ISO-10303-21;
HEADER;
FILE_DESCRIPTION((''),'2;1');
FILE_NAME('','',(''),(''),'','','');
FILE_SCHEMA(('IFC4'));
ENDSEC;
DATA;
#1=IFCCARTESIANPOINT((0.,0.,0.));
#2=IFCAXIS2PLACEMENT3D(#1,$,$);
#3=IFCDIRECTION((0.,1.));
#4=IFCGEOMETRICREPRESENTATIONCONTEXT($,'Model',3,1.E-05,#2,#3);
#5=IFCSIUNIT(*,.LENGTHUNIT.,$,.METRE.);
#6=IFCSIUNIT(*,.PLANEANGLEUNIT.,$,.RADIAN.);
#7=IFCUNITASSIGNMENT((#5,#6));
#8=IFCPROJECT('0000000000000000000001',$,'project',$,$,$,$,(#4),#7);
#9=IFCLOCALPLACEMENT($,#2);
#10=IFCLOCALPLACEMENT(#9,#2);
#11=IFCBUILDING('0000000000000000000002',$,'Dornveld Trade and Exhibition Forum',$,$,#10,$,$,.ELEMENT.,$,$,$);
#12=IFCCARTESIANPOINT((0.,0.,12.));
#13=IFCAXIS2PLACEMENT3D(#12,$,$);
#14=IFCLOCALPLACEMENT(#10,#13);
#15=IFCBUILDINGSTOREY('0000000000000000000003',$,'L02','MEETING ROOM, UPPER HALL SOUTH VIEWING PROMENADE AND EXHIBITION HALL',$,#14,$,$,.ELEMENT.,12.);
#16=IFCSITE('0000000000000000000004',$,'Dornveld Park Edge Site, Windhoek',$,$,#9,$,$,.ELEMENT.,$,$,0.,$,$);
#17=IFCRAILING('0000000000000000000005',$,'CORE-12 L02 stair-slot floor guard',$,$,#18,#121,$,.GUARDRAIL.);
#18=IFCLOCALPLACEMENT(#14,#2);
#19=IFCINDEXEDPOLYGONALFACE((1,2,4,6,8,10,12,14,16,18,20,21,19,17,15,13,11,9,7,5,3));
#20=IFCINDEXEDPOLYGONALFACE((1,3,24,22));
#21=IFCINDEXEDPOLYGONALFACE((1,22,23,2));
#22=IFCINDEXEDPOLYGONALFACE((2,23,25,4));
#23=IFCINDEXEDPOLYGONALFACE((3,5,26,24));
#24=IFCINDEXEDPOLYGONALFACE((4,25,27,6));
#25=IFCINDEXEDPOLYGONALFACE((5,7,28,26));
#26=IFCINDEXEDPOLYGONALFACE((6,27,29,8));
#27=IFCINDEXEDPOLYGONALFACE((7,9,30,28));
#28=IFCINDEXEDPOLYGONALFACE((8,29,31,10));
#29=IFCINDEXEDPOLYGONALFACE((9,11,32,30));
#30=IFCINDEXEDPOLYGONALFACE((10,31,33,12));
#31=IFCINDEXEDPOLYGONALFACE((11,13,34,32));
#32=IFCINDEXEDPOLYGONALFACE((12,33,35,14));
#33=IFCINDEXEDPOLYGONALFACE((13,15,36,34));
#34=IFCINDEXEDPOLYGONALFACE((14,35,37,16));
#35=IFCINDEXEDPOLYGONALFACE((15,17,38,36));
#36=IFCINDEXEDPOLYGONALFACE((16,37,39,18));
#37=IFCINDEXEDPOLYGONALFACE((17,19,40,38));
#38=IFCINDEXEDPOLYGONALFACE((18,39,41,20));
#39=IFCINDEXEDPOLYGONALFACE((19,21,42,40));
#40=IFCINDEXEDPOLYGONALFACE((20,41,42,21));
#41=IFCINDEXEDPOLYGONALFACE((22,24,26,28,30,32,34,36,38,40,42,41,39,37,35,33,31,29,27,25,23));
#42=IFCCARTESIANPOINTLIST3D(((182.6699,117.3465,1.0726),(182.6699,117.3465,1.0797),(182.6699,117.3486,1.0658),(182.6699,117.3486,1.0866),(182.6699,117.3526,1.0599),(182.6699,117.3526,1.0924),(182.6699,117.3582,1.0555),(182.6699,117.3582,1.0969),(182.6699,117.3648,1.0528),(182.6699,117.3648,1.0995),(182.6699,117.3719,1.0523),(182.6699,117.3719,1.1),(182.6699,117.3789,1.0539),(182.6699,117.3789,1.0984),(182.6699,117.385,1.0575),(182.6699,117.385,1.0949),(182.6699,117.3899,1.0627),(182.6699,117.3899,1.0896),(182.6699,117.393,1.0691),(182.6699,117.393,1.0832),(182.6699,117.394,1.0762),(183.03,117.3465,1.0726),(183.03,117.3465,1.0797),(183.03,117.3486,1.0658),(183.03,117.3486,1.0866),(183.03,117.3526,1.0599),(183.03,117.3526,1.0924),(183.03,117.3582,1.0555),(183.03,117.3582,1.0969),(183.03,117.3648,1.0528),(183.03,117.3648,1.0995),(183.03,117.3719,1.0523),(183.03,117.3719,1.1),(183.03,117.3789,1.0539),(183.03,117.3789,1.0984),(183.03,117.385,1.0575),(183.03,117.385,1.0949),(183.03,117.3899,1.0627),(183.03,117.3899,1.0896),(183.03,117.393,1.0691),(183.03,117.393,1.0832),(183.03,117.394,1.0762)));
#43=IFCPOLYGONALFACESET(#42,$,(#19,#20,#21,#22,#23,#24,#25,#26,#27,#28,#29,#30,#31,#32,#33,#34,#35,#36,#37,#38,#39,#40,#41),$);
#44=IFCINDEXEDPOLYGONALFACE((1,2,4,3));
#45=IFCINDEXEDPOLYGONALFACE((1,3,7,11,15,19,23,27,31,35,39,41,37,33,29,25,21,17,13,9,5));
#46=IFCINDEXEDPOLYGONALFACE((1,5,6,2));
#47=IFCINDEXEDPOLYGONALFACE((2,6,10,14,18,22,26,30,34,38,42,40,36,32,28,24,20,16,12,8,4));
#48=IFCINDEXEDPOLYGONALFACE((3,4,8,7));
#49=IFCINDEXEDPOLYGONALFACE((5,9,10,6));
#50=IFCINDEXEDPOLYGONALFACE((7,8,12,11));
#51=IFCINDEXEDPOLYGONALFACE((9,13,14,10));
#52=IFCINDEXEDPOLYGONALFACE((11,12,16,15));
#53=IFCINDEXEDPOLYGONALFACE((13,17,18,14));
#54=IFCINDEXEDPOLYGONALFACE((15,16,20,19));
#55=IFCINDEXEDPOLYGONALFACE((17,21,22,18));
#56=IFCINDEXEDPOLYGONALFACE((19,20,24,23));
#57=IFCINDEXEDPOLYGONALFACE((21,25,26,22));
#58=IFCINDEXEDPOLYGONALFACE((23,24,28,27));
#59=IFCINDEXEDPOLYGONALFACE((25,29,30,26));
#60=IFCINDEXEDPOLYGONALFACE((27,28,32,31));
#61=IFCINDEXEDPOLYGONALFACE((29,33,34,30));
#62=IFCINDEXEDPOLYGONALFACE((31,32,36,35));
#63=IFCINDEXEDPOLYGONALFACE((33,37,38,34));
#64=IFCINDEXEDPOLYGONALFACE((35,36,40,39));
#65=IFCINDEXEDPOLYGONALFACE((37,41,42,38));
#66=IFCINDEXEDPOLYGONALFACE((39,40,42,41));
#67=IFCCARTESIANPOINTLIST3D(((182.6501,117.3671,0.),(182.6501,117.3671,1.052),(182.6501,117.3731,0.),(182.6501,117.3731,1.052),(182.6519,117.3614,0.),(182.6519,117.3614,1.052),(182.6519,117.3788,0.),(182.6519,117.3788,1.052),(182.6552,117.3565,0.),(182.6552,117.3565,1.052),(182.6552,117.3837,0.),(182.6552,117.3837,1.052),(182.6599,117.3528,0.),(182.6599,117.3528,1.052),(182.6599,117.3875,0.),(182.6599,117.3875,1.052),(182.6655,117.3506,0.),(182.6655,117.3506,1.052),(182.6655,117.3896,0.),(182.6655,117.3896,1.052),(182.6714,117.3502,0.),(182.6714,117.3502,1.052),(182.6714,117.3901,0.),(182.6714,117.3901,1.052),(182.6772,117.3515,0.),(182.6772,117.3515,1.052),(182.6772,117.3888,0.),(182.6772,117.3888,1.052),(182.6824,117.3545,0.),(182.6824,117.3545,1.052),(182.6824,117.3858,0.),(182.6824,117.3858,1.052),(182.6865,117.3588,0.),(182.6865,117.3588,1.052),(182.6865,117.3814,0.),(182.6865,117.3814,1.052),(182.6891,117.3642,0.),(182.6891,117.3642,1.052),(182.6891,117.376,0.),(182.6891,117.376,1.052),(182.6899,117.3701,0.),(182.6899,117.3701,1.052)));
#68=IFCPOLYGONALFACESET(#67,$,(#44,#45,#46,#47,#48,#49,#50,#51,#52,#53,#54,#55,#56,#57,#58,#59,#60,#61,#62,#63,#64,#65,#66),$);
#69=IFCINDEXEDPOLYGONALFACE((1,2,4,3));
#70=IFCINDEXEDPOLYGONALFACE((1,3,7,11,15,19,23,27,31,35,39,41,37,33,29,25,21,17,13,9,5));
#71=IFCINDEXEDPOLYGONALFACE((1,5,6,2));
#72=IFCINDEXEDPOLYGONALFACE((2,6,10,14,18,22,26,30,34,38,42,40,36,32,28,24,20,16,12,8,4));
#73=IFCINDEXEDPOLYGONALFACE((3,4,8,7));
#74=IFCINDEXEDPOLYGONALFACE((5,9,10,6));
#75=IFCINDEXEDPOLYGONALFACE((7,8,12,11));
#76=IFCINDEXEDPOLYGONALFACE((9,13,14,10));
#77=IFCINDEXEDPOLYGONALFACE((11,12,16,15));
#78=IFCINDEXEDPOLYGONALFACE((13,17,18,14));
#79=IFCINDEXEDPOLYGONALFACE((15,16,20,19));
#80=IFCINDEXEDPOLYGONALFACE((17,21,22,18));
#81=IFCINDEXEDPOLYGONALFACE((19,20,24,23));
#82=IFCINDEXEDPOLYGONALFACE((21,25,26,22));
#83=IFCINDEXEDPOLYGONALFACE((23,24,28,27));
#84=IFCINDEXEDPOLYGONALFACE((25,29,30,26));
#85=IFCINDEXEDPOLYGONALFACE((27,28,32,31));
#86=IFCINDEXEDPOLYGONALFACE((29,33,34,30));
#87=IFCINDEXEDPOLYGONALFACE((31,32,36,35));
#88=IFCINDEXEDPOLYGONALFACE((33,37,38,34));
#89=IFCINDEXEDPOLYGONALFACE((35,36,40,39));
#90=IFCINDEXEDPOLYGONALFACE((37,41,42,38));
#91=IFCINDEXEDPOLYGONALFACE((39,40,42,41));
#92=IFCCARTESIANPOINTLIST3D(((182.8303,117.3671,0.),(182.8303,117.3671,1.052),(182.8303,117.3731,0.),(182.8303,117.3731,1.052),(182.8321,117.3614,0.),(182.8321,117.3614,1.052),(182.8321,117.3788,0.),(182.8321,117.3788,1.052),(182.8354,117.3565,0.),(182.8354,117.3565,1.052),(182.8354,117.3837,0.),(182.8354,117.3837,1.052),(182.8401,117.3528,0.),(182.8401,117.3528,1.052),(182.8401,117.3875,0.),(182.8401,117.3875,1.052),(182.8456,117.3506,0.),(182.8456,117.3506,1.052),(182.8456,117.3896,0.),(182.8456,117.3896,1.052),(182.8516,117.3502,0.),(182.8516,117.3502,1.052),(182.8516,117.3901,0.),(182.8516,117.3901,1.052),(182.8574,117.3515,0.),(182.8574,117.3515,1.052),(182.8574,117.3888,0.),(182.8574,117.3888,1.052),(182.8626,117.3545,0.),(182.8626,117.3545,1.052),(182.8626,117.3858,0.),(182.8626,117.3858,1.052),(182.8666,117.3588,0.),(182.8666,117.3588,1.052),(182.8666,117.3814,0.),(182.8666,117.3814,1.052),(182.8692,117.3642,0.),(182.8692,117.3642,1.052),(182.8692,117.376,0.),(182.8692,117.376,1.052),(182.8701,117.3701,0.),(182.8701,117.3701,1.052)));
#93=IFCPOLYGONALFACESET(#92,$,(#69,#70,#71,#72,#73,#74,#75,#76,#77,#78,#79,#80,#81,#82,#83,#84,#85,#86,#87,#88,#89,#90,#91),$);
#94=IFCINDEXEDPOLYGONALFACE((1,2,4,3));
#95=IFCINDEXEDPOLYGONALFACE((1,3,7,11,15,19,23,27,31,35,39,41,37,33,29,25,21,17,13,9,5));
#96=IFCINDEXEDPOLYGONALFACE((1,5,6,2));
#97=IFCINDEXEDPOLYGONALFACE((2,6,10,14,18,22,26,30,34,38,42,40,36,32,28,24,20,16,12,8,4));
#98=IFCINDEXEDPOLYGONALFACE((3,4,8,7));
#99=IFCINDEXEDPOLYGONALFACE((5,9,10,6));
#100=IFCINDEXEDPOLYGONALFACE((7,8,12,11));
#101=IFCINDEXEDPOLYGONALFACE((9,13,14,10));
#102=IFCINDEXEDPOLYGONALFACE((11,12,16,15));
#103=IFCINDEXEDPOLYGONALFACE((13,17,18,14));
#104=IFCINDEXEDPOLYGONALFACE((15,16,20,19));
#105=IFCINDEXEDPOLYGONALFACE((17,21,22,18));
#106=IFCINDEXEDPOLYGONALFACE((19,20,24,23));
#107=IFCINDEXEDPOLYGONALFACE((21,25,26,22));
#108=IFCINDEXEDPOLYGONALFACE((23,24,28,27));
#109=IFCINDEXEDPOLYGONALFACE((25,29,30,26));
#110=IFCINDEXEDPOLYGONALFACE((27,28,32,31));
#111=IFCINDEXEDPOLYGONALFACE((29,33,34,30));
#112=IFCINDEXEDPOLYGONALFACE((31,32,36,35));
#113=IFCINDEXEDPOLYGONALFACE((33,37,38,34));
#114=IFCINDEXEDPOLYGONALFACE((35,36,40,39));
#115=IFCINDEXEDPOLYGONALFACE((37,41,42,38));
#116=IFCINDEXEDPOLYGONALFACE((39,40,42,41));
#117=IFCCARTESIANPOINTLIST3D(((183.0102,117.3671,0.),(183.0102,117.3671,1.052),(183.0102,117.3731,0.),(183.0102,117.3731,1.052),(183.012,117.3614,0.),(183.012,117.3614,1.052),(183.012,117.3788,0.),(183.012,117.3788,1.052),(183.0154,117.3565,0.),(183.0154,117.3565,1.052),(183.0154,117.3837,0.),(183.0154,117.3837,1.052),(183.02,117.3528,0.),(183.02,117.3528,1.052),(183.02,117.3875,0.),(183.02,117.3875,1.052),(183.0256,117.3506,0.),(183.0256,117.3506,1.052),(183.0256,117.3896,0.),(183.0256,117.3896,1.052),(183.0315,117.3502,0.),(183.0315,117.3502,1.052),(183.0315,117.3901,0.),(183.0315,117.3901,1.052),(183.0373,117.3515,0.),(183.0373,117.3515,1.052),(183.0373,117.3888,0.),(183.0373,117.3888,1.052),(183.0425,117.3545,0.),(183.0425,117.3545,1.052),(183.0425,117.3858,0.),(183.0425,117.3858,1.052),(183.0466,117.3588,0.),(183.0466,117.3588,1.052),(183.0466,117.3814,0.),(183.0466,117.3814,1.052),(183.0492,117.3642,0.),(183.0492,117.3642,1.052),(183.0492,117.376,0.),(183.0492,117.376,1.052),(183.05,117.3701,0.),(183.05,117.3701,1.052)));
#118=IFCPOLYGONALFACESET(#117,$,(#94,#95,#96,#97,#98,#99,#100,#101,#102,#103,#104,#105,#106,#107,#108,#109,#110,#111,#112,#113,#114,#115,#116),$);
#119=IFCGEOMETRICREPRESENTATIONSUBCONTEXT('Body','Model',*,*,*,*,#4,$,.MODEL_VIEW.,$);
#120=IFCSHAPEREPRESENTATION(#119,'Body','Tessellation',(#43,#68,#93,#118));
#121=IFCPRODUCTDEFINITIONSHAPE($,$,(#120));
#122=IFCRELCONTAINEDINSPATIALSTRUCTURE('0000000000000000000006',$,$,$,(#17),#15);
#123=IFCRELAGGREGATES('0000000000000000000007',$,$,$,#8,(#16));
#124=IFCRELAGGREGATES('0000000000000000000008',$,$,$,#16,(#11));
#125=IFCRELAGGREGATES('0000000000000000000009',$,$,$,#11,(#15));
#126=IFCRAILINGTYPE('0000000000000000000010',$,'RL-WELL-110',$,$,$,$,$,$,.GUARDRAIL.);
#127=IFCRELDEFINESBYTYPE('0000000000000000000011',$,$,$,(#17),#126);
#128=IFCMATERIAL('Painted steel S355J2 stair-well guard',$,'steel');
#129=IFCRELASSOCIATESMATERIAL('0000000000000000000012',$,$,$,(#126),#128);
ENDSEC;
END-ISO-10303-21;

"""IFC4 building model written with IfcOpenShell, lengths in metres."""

from ifc_helpers import new_model, si_unit, direction, frame, origin, origin_2d, place, context, subcontext, project, spatial, circle, extrude, material, type_object, element, save


model = new_model("IFC4")

# Units and contexts
model_context = context("Model", 3, precision=1e-05, world=origin(), true_north=direction((0.0, 1.0)))
body_context = subcontext(model_context, "Body", "Model", "MODEL_VIEW")
ifc_project = project(units=[si_unit("LENGTHUNIT", "METRE"), si_unit("PLANEANGLEUNIT", "RADIAN")], contexts=[model_context])

# Site, building, storey
site_placement = place(None, origin())
site = spatial("IfcSite", under=ifc_project, at=site_placement, Name="Dornveld Park Edge Site, Windhoek", CompositionType="ELEMENT", RefElevation=0.0)
building_placement = place(site_placement, origin())
building = spatial("IfcBuilding", under=site, at=building_placement, Name="Dornveld Trade and Exhibition Forum", CompositionType="ELEMENT")
storey_placement = place(building_placement, frame((0.0, 0.0, 12.0)))
storey = spatial("IfcBuildingStorey", under=building, at=storey_placement, Name="L02", Description="MEETING ROOM, UPPER HALL SOUTH VIEWING PROMENADE AND EXHIBITION HALL", CompositionType="ELEMENT", Elevation=12.0)

# Railing
ifc_material_1 = material(Name="Painted steel S355J2 stair-well guard", Category="steel")
railing_type_1 = type_object("IfcRailingType", Name="RL-WELL-110", PredefinedType="GUARDRAIL", material=ifc_material_1)
railing_1_placement = place(storey_placement, frame((182.6699, 117.3701, 0.0)))
element("IfcRailing", 1, at=railing_1_placement, inside=storey, type_object=railing_type_1, Name="CORE-12 L02 stair-slot floor guard", PredefinedType="GUARDRAIL", context=body_context, shape_type="SweptSolid", body=[
    extrude(circle(Radius=0.0239, at=origin_2d()), frame((0.0, 0.0, 1.0762), z_axis=(1.0, 0.0, 0.0), x_axis=(0.0, 1.0, 0.0)), (0.0, 0.0, 1.0), 0.3601),
    extrude(circle(Radius=0.02, at=origin_2d()), origin(), (0.0, 0.0, 1.0), 1.052),
    extrude(circle(Radius=0.02, at=origin_2d()), frame((0.1802, 0.0, 0.0)), (0.0, 0.0, 1.0), 1.052),
    extrude(circle(Radius=0.02, at=origin_2d()), frame((0.3601, 0.0, 0.0)), (0.0, 0.0, 1.0), 1.052),
])

save(model, "model.ifc")
